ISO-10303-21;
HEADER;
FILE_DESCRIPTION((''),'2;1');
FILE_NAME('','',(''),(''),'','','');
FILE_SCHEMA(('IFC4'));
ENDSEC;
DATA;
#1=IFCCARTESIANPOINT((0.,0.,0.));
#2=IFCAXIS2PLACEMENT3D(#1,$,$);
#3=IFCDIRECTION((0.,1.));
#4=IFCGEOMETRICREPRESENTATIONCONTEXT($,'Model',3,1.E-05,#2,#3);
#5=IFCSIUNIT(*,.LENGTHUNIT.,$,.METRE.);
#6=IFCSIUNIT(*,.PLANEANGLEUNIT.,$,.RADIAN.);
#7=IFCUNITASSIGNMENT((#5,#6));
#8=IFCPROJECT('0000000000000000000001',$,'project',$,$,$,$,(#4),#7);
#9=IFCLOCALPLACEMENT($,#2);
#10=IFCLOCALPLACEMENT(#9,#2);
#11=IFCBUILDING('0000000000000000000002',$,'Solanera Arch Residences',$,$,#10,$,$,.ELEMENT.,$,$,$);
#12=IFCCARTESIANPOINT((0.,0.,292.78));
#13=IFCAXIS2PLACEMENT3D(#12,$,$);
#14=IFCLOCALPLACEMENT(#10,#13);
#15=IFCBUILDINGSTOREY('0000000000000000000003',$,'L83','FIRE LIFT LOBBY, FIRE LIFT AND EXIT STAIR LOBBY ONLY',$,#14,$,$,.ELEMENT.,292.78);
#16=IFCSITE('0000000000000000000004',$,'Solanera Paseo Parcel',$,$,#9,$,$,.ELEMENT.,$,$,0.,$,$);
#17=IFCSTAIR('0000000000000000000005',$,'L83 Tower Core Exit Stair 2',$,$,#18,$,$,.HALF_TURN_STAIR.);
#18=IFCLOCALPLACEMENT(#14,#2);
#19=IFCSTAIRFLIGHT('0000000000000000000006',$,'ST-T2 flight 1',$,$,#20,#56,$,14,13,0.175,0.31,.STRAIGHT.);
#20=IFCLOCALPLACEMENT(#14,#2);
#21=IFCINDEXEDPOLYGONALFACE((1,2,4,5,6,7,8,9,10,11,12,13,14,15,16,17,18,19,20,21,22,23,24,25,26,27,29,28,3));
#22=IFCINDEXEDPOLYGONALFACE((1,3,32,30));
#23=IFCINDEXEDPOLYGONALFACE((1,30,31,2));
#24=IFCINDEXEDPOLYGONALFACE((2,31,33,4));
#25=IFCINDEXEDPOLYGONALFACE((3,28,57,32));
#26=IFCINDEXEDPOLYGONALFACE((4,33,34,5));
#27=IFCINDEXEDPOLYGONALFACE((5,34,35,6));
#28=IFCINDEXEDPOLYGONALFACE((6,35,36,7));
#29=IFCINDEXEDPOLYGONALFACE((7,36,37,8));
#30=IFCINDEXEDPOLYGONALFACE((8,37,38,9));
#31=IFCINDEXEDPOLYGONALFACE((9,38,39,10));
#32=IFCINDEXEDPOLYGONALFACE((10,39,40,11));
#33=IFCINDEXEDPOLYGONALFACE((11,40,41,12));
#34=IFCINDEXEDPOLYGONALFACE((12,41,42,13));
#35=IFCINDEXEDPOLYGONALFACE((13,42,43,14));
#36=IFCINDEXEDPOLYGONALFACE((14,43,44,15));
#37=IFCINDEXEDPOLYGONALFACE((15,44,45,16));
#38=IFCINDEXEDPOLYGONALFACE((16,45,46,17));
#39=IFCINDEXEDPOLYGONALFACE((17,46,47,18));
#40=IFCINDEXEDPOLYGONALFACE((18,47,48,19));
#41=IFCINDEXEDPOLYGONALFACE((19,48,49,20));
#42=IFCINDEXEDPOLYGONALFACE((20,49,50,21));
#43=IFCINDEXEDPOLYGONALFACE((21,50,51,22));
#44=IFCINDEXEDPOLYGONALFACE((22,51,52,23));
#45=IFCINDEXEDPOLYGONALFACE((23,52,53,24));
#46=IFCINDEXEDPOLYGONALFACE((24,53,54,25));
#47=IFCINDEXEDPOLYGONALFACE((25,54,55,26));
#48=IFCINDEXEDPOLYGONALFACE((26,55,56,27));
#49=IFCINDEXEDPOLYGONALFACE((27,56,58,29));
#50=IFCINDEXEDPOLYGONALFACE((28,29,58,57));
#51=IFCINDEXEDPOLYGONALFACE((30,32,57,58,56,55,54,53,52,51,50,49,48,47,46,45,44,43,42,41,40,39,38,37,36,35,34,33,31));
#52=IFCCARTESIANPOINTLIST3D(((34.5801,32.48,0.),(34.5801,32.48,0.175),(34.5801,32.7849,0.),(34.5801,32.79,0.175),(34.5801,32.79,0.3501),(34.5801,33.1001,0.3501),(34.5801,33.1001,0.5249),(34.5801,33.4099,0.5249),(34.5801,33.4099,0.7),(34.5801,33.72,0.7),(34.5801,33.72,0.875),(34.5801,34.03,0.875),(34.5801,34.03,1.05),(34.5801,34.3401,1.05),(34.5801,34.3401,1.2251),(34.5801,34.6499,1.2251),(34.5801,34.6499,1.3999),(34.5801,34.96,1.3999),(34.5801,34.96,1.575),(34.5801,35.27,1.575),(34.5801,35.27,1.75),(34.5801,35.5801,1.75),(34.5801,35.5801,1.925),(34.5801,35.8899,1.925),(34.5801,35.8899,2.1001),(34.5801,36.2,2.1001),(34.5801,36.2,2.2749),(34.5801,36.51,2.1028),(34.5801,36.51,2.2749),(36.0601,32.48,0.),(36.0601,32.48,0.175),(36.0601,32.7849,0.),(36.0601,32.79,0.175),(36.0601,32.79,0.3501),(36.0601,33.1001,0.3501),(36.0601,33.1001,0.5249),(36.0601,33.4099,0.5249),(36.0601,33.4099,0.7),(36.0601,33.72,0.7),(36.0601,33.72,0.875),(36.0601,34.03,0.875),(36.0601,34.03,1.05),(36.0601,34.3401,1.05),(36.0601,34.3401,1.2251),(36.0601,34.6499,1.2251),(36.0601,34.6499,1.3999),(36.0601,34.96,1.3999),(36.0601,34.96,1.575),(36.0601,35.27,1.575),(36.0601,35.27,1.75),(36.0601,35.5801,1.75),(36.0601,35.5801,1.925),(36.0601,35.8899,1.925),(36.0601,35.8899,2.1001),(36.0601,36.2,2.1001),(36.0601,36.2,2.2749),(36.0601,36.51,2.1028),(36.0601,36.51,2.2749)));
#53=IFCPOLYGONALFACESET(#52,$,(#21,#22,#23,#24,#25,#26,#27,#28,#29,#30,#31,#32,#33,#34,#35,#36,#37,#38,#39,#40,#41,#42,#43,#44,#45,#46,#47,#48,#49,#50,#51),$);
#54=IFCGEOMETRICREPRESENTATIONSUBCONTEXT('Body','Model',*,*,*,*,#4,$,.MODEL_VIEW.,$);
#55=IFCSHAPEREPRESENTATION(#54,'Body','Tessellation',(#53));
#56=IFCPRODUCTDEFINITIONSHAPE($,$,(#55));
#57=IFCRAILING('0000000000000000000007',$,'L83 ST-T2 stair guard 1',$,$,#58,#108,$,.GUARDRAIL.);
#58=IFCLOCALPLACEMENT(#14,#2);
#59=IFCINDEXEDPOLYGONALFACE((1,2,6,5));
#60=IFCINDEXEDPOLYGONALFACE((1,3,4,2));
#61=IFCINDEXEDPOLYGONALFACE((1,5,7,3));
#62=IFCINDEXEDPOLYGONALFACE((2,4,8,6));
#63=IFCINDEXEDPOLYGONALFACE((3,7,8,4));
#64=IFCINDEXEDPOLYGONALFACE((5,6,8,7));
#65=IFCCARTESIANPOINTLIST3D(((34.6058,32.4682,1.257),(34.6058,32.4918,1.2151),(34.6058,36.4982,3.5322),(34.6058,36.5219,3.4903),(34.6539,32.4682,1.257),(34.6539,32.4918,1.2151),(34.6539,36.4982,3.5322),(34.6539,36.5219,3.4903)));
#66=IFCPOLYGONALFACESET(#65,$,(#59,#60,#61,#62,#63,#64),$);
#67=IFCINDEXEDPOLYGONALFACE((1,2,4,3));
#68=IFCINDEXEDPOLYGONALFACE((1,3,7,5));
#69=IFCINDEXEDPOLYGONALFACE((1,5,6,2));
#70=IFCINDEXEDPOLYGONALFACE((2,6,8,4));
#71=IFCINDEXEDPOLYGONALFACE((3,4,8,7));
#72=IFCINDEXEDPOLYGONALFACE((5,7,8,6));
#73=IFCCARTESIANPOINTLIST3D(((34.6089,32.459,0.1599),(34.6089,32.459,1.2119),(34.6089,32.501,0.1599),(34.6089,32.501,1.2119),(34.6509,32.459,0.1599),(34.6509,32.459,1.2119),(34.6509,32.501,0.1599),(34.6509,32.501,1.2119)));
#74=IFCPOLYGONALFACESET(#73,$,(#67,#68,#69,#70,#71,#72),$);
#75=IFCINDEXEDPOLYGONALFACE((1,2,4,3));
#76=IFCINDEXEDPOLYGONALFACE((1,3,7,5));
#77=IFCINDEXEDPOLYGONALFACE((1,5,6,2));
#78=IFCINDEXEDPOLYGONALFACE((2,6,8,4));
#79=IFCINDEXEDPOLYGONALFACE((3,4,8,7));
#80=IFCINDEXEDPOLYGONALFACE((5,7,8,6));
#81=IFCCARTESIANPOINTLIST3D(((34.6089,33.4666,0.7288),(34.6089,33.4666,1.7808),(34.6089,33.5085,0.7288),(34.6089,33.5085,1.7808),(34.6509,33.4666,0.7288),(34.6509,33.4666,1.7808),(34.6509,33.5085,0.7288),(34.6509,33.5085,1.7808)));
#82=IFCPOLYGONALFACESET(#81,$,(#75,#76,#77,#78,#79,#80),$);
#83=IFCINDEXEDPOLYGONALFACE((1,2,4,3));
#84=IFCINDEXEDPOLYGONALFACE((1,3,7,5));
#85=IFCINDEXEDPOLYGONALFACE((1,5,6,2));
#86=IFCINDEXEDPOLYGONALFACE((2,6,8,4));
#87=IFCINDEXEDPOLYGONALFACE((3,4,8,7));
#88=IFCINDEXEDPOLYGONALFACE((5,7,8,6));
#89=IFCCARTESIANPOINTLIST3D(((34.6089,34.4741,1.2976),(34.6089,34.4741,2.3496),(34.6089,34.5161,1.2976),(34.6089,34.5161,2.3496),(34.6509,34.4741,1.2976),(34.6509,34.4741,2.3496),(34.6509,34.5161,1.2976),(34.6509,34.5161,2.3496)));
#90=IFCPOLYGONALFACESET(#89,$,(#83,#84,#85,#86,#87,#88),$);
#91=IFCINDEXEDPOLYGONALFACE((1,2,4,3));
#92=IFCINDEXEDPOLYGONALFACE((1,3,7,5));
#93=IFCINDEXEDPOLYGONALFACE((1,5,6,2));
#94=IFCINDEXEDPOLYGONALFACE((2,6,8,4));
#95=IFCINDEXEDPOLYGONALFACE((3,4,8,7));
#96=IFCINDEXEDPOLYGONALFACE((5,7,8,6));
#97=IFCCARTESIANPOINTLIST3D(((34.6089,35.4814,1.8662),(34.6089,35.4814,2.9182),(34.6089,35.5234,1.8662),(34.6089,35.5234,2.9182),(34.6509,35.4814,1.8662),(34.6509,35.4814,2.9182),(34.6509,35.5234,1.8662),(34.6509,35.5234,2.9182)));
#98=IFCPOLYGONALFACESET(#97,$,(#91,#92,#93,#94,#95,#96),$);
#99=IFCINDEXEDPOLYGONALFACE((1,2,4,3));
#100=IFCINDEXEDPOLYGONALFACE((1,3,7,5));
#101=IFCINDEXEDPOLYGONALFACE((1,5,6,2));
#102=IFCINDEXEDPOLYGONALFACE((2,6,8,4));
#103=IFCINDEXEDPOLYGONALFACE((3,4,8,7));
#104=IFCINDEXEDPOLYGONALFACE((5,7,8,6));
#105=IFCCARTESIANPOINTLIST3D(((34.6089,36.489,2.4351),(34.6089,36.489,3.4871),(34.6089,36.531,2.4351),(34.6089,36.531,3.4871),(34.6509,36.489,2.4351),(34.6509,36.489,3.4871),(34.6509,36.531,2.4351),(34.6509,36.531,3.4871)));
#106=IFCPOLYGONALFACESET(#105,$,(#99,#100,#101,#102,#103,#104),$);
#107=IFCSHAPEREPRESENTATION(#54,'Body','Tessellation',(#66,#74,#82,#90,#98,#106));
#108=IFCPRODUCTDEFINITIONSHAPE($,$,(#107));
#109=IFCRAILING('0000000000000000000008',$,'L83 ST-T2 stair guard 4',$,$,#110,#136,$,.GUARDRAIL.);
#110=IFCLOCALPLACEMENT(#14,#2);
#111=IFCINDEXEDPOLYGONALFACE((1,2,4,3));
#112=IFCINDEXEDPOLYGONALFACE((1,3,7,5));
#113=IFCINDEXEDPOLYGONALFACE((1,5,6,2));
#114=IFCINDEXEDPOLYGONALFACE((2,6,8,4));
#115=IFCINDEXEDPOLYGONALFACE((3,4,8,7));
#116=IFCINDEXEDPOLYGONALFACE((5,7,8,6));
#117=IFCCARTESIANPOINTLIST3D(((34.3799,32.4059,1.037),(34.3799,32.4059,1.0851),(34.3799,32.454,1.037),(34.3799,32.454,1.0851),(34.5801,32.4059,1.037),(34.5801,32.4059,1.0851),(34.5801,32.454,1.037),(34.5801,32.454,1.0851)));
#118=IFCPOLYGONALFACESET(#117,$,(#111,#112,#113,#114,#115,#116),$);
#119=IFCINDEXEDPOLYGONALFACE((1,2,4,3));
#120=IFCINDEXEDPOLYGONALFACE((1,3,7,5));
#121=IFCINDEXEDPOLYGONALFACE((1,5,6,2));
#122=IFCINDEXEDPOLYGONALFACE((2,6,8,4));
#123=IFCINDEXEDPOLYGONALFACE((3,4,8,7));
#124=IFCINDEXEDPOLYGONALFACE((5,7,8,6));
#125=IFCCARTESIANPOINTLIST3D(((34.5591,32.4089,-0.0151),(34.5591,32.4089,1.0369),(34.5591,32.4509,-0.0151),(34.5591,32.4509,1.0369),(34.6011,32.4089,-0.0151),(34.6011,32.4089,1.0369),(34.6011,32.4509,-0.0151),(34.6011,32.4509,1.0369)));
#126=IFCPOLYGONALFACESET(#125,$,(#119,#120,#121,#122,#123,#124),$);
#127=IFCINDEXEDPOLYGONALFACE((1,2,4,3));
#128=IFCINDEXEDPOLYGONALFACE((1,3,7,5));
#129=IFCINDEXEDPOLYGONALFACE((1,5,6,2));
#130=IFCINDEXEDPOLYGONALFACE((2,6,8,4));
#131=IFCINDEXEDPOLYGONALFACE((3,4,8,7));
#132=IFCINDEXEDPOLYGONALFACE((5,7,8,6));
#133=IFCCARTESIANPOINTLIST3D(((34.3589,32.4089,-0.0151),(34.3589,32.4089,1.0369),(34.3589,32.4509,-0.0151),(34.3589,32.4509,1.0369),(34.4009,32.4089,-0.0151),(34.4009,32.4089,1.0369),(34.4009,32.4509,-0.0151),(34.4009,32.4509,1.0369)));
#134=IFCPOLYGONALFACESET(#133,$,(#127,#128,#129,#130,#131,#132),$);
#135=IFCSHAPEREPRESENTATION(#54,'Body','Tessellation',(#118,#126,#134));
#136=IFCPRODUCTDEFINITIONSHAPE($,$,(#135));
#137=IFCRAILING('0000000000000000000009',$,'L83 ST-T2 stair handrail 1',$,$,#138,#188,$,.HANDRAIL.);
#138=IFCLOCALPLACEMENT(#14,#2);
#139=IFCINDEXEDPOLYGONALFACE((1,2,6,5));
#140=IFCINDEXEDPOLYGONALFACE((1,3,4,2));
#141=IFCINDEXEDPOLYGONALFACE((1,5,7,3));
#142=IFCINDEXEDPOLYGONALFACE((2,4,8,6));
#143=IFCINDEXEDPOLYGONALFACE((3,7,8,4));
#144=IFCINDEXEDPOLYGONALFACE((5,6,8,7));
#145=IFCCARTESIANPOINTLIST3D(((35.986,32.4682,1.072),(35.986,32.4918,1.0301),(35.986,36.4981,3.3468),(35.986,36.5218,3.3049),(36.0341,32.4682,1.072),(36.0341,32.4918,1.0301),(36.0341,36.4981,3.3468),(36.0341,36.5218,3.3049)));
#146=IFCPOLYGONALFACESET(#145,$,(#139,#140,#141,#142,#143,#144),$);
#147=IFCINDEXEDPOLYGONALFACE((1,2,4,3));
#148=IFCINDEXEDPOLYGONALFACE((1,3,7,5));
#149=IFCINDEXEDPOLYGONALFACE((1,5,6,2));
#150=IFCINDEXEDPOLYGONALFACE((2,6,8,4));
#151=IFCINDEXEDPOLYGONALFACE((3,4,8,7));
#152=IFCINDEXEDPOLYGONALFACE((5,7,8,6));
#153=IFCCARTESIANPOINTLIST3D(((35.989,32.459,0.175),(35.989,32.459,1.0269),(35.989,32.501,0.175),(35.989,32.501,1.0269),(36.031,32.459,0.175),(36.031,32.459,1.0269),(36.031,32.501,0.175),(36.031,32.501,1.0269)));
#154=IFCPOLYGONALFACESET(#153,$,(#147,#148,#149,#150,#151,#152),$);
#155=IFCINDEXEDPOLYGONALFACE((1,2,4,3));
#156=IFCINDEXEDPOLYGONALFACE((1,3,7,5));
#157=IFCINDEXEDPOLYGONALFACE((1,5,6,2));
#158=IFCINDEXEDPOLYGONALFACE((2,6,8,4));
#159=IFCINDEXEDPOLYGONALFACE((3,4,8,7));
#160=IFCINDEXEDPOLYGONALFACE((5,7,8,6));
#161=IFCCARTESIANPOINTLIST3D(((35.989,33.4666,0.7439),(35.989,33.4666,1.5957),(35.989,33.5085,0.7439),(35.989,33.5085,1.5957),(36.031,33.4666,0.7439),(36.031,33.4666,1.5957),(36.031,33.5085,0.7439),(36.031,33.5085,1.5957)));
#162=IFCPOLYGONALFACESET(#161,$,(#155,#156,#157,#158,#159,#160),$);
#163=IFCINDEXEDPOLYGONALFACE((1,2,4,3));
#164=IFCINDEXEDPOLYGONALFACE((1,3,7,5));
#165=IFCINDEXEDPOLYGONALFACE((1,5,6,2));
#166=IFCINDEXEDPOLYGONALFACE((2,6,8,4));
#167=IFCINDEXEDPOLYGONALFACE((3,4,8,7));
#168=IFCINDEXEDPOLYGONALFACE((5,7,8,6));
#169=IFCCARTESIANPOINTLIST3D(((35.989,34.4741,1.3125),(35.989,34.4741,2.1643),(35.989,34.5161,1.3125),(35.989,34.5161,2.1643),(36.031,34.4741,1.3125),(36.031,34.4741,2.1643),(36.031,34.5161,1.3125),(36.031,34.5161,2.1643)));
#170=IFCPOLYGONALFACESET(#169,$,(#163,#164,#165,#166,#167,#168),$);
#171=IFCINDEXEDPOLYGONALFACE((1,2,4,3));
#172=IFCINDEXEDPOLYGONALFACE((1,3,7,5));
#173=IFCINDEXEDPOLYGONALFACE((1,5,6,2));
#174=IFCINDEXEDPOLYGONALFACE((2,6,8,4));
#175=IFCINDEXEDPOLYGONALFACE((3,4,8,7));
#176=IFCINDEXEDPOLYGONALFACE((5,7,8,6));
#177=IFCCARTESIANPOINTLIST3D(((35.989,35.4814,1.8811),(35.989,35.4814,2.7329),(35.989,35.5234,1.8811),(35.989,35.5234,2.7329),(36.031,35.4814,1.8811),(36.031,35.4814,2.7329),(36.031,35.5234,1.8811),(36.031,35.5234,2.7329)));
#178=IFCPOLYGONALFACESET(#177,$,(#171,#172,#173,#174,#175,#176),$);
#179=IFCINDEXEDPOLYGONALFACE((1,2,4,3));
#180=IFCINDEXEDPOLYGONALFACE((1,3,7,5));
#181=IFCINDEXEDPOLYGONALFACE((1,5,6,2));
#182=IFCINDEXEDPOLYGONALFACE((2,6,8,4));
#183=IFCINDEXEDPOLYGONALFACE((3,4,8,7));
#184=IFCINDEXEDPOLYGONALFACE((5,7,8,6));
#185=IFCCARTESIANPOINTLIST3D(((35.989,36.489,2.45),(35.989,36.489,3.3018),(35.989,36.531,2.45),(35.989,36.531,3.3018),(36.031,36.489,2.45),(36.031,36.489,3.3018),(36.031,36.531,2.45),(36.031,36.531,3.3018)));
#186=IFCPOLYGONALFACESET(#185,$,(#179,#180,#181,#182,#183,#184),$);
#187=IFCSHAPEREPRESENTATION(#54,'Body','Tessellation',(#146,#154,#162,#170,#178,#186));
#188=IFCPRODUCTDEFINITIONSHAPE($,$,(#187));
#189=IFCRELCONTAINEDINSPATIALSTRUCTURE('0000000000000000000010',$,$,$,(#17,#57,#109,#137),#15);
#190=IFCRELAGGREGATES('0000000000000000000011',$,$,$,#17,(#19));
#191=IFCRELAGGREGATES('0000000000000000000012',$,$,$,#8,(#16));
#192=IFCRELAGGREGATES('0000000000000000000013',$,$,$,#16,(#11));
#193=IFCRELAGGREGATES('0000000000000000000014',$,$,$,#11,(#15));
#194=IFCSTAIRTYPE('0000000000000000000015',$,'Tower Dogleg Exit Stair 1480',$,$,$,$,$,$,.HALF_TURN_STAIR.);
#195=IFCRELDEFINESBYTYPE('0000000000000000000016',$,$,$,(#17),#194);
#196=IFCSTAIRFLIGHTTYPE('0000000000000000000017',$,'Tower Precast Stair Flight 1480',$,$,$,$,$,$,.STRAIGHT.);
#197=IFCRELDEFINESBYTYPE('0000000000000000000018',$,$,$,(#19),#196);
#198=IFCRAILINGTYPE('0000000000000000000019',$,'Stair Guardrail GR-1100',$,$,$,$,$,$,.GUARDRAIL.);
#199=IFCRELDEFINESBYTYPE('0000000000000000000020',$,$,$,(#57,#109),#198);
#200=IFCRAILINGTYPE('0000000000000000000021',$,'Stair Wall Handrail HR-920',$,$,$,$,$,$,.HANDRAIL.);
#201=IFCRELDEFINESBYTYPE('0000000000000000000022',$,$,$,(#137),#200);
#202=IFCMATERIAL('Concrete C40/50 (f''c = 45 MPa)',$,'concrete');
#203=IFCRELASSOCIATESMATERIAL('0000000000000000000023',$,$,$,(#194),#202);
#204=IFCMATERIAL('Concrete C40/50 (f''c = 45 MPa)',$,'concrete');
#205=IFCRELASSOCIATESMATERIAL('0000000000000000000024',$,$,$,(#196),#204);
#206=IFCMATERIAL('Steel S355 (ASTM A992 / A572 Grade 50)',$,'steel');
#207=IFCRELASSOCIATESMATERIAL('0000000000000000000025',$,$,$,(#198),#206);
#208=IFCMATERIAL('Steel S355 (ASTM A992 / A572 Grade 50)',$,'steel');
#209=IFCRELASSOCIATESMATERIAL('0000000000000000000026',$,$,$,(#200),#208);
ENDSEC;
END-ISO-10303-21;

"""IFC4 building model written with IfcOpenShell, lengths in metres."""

from ifc_helpers import new_model, si_unit, direction, frame, origin, origin_2d, place, context, subcontext, project, spatial, polyline, rectangle, outline, extrude, material, type_object, element, aggregate, save


model = new_model("IFC4")

# Units and contexts
model_context = context("Model", 3, precision=1e-05, world=origin(), true_north=direction((0.0, 1.0)))
body_context = subcontext(model_context, "Body", "Model", "MODEL_VIEW")
ifc_project = project(units=[si_unit("LENGTHUNIT", "METRE"), si_unit("PLANEANGLEUNIT", "RADIAN")], contexts=[model_context])

# Site, building, storey
site_placement = place(None, origin())
site = spatial("IfcSite", under=ifc_project, at=site_placement, Name="Solanera Paseo Parcel", CompositionType="ELEMENT", RefElevation=0.0)
building_placement = place(site_placement, origin())
building = spatial("IfcBuilding", under=site, at=building_placement, Name="Solanera Arch Residences", CompositionType="ELEMENT")
storey_placement = place(building_placement, frame((0.0, 0.0, 292.78)))
storey = spatial("IfcBuildingStorey", under=building, at=storey_placement, Name="L83", Description="FIRE LIFT LOBBY, FIRE LIFT AND EXIT STAIR LOBBY ONLY", CompositionType="ELEMENT", Elevation=292.78)

# Stair, stair flight
ifc_material_1 = material(Name="Concrete C40/50 (f'c = 45 MPa)", Category="concrete")
stair_type = type_object("IfcStairType", Name="Tower Dogleg Exit Stair 1480", PredefinedType="HALF_TURN_STAIR", material=ifc_material_1)
stair_placement = place(storey_placement, origin())
stair = element("IfcStair", 1, at=stair_placement, inside=storey, type_object=stair_type, Name="L83 Tower Core Exit Stair 2", PredefinedType="HALF_TURN_STAIR")
ifc_material_2 = material(Name="Concrete C40/50 (f'c = 45 MPa)", Category="concrete")
stair_flight_type = type_object("IfcStairFlightType", Name="Tower Precast Stair Flight 1480", PredefinedType="STRAIGHT", material=ifc_material_2)
stair_flight_placement = place(storey_placement, frame((35.3201, 32.48, 0.0), z_axis=(0.0, 0.0, 1.0), x_axis=(0.0, 1.0, 0.0)))
stair_flight = element("IfcStairFlight", 2, at=stair_flight_placement, type_object=stair_flight_type, Name="ST-T2 flight 1", NumberOfRisers=14, NumberOfTreads=13, PredefinedType="STRAIGHT", RiserHeight=0.175, TreadLength=0.31, context=body_context, shape_type="SweptSolid", body=[
    extrude(outline(polyline([(0.0, 0.0), (0.0, 0.175), (0.3101, 0.175), (0.3101, 0.3501), (0.6201, 0.3501), (0.6201, 0.5249), (0.9299, 0.5249), (0.9299, 0.7), (1.24, 0.7), (1.24, 0.875), (1.55, 0.875), (1.55, 1.05), (1.8601, 1.05), (1.8601, 1.2251), (2.1699, 1.2251), (2.1699, 1.3999), (2.48, 1.3999), (2.48, 1.575), (2.79, 1.575), (2.79, 1.75), (3.1001, 1.75), (3.1001, 1.925), (3.4099, 1.925), (3.4099, 2.1001), (3.72, 2.1001), (3.72, 2.2749), (4.03, 2.2749), (4.03, 2.45), (4.03, 2.1028), (0.3049, 0.0), (0.0, 0.0)])), frame((0.0, 0.74, 0.0), z_axis=(0.0, -1.0, 0.0), x_axis=(1.0, 0.0, 0.0)), (0.0, 0.0, 1.0), 1.48),
])
aggregate(stair, [stair_flight])

# Railings
ifc_material_3 = material(Name="Steel S355 (ASTM A992 / A572 Grade 50)", Category="steel")
railing_type_1 = type_object("IfcRailingType", Name="Stair Guardrail GR-1100", PredefinedType="GUARDRAIL", material=ifc_material_3)
railing_1_placement = place(storey_placement, frame((34.6299, 32.48, 0.1599)))
element("IfcRailing", 3, at=railing_1_placement, inside=storey, type_object=railing_type_1, Name="L83 ST-T2 stair guard 1", PredefinedType="GUARDRAIL", context=body_context, shape_type="SweptSolid", body=[
    extrude(rectangle(XDim=0.0481, YDim=0.0481, at=origin_2d()), frame((0.0, 0.0, 1.0762), z_axis=(0.0, 0.870812, 0.491616), x_axis=(-1.0, 0.0, 0.0)), (0.0, 0.0, 1.0), 4.6279),
    extrude(rectangle(XDim=0.042, YDim=0.042, at=origin_2d()), origin(), (0.0, 0.0, 1.0), 1.052),
    extrude(rectangle(XDim=0.042, YDim=0.042, at=origin_2d()), frame((0.0, 1.0076, 0.5688)), (0.0, 0.0, 1.0), 1.052),
    extrude(rectangle(XDim=0.042, YDim=0.042, at=origin_2d()), frame((0.0, 2.0151, 1.1377)), (0.0, 0.0, 1.0), 1.052),
    extrude(rectangle(XDim=0.042, YDim=0.042, at=origin_2d()), frame((0.0, 3.0225, 1.7063)), (0.0, 0.0, 1.0), 1.052),
    extrude(rectangle(XDim=0.042, YDim=0.042, at=origin_2d()), frame((0.0, 4.03, 2.2751)), (0.0, 0.0, 1.0), 1.052),
])
railing_2_placement = place(storey_placement, frame((34.5801, 32.4299, -0.0151)))
element("IfcRailing", 4, at=railing_2_placement, inside=storey, type_object=railing_type_1, Name="L83 ST-T2 stair guard 4", PredefinedType="GUARDRAIL", context=body_context, shape_type="SweptSolid", body=[
    extrude(rectangle(XDim=0.0481, YDim=0.0481, at=origin_2d()), frame((0.0, 0.0, 1.0762), z_axis=(-1.0, 0.0, 0.0), x_axis=(0.0, -1.0, 0.0)), (0.0, 0.0, 1.0), 0.2002),
    extrude(rectangle(XDim=0.042, YDim=0.042, at=origin_2d()), origin(), (0.0, 0.0, 1.0), 1.052),
    extrude(rectangle(XDim=0.042, YDim=0.042, at=origin_2d()), frame((-0.2002, 0.0, 0.0)), (0.0, 0.0, 1.0), 1.052),
])
ifc_material_4 = material(Name="Steel S355 (ASTM A992 / A572 Grade 50)", Category="steel")
railing_type_2 = type_object("IfcRailingType", Name="Stair Wall Handrail HR-920", PredefinedType="HANDRAIL", material=ifc_material_4)
railing_3_placement = place(storey_placement, frame((36.01, 32.48, 0.175)))
element("IfcRailing", 5, at=railing_3_placement, inside=storey, type_object=railing_type_2, Name="L83 ST-T2 stair handrail 1", PredefinedType="HANDRAIL", context=body_context, shape_type="SweptSolid", body=[
    extrude(rectangle(XDim=0.0481, YDim=0.0481, at=origin_2d()), frame((0.0, 0.0, 0.876), z_axis=(0.0, 0.870835, 0.491576), x_axis=(-1.0, 0.0, 0.0)), (0.0, 0.0, 1.0), 4.6277),
    extrude(rectangle(XDim=0.042, YDim=0.042, at=origin_2d()), origin(), (0.0, 0.0, 1.0), 0.8518),
    extrude(rectangle(XDim=0.042, YDim=0.042, at=origin_2d()), frame((0.0, 1.0076, 0.5688)), (0.0, 0.0, 1.0), 0.8518),
    extrude(rectangle(XDim=0.042, YDim=0.042, at=origin_2d()), frame((0.0, 2.0151, 1.1375)), (0.0, 0.0, 1.0), 0.8518),
    extrude(rectangle(XDim=0.042, YDim=0.042, at=origin_2d()), frame((0.0, 3.0225, 1.7061)), (0.0, 0.0, 1.0), 0.8518),
    extrude(rectangle(XDim=0.042, YDim=0.042, at=origin_2d()), frame((0.0, 4.03, 2.2749)), (0.0, 0.0, 1.0), 0.8518),
])

save(model, "model.ifc")
